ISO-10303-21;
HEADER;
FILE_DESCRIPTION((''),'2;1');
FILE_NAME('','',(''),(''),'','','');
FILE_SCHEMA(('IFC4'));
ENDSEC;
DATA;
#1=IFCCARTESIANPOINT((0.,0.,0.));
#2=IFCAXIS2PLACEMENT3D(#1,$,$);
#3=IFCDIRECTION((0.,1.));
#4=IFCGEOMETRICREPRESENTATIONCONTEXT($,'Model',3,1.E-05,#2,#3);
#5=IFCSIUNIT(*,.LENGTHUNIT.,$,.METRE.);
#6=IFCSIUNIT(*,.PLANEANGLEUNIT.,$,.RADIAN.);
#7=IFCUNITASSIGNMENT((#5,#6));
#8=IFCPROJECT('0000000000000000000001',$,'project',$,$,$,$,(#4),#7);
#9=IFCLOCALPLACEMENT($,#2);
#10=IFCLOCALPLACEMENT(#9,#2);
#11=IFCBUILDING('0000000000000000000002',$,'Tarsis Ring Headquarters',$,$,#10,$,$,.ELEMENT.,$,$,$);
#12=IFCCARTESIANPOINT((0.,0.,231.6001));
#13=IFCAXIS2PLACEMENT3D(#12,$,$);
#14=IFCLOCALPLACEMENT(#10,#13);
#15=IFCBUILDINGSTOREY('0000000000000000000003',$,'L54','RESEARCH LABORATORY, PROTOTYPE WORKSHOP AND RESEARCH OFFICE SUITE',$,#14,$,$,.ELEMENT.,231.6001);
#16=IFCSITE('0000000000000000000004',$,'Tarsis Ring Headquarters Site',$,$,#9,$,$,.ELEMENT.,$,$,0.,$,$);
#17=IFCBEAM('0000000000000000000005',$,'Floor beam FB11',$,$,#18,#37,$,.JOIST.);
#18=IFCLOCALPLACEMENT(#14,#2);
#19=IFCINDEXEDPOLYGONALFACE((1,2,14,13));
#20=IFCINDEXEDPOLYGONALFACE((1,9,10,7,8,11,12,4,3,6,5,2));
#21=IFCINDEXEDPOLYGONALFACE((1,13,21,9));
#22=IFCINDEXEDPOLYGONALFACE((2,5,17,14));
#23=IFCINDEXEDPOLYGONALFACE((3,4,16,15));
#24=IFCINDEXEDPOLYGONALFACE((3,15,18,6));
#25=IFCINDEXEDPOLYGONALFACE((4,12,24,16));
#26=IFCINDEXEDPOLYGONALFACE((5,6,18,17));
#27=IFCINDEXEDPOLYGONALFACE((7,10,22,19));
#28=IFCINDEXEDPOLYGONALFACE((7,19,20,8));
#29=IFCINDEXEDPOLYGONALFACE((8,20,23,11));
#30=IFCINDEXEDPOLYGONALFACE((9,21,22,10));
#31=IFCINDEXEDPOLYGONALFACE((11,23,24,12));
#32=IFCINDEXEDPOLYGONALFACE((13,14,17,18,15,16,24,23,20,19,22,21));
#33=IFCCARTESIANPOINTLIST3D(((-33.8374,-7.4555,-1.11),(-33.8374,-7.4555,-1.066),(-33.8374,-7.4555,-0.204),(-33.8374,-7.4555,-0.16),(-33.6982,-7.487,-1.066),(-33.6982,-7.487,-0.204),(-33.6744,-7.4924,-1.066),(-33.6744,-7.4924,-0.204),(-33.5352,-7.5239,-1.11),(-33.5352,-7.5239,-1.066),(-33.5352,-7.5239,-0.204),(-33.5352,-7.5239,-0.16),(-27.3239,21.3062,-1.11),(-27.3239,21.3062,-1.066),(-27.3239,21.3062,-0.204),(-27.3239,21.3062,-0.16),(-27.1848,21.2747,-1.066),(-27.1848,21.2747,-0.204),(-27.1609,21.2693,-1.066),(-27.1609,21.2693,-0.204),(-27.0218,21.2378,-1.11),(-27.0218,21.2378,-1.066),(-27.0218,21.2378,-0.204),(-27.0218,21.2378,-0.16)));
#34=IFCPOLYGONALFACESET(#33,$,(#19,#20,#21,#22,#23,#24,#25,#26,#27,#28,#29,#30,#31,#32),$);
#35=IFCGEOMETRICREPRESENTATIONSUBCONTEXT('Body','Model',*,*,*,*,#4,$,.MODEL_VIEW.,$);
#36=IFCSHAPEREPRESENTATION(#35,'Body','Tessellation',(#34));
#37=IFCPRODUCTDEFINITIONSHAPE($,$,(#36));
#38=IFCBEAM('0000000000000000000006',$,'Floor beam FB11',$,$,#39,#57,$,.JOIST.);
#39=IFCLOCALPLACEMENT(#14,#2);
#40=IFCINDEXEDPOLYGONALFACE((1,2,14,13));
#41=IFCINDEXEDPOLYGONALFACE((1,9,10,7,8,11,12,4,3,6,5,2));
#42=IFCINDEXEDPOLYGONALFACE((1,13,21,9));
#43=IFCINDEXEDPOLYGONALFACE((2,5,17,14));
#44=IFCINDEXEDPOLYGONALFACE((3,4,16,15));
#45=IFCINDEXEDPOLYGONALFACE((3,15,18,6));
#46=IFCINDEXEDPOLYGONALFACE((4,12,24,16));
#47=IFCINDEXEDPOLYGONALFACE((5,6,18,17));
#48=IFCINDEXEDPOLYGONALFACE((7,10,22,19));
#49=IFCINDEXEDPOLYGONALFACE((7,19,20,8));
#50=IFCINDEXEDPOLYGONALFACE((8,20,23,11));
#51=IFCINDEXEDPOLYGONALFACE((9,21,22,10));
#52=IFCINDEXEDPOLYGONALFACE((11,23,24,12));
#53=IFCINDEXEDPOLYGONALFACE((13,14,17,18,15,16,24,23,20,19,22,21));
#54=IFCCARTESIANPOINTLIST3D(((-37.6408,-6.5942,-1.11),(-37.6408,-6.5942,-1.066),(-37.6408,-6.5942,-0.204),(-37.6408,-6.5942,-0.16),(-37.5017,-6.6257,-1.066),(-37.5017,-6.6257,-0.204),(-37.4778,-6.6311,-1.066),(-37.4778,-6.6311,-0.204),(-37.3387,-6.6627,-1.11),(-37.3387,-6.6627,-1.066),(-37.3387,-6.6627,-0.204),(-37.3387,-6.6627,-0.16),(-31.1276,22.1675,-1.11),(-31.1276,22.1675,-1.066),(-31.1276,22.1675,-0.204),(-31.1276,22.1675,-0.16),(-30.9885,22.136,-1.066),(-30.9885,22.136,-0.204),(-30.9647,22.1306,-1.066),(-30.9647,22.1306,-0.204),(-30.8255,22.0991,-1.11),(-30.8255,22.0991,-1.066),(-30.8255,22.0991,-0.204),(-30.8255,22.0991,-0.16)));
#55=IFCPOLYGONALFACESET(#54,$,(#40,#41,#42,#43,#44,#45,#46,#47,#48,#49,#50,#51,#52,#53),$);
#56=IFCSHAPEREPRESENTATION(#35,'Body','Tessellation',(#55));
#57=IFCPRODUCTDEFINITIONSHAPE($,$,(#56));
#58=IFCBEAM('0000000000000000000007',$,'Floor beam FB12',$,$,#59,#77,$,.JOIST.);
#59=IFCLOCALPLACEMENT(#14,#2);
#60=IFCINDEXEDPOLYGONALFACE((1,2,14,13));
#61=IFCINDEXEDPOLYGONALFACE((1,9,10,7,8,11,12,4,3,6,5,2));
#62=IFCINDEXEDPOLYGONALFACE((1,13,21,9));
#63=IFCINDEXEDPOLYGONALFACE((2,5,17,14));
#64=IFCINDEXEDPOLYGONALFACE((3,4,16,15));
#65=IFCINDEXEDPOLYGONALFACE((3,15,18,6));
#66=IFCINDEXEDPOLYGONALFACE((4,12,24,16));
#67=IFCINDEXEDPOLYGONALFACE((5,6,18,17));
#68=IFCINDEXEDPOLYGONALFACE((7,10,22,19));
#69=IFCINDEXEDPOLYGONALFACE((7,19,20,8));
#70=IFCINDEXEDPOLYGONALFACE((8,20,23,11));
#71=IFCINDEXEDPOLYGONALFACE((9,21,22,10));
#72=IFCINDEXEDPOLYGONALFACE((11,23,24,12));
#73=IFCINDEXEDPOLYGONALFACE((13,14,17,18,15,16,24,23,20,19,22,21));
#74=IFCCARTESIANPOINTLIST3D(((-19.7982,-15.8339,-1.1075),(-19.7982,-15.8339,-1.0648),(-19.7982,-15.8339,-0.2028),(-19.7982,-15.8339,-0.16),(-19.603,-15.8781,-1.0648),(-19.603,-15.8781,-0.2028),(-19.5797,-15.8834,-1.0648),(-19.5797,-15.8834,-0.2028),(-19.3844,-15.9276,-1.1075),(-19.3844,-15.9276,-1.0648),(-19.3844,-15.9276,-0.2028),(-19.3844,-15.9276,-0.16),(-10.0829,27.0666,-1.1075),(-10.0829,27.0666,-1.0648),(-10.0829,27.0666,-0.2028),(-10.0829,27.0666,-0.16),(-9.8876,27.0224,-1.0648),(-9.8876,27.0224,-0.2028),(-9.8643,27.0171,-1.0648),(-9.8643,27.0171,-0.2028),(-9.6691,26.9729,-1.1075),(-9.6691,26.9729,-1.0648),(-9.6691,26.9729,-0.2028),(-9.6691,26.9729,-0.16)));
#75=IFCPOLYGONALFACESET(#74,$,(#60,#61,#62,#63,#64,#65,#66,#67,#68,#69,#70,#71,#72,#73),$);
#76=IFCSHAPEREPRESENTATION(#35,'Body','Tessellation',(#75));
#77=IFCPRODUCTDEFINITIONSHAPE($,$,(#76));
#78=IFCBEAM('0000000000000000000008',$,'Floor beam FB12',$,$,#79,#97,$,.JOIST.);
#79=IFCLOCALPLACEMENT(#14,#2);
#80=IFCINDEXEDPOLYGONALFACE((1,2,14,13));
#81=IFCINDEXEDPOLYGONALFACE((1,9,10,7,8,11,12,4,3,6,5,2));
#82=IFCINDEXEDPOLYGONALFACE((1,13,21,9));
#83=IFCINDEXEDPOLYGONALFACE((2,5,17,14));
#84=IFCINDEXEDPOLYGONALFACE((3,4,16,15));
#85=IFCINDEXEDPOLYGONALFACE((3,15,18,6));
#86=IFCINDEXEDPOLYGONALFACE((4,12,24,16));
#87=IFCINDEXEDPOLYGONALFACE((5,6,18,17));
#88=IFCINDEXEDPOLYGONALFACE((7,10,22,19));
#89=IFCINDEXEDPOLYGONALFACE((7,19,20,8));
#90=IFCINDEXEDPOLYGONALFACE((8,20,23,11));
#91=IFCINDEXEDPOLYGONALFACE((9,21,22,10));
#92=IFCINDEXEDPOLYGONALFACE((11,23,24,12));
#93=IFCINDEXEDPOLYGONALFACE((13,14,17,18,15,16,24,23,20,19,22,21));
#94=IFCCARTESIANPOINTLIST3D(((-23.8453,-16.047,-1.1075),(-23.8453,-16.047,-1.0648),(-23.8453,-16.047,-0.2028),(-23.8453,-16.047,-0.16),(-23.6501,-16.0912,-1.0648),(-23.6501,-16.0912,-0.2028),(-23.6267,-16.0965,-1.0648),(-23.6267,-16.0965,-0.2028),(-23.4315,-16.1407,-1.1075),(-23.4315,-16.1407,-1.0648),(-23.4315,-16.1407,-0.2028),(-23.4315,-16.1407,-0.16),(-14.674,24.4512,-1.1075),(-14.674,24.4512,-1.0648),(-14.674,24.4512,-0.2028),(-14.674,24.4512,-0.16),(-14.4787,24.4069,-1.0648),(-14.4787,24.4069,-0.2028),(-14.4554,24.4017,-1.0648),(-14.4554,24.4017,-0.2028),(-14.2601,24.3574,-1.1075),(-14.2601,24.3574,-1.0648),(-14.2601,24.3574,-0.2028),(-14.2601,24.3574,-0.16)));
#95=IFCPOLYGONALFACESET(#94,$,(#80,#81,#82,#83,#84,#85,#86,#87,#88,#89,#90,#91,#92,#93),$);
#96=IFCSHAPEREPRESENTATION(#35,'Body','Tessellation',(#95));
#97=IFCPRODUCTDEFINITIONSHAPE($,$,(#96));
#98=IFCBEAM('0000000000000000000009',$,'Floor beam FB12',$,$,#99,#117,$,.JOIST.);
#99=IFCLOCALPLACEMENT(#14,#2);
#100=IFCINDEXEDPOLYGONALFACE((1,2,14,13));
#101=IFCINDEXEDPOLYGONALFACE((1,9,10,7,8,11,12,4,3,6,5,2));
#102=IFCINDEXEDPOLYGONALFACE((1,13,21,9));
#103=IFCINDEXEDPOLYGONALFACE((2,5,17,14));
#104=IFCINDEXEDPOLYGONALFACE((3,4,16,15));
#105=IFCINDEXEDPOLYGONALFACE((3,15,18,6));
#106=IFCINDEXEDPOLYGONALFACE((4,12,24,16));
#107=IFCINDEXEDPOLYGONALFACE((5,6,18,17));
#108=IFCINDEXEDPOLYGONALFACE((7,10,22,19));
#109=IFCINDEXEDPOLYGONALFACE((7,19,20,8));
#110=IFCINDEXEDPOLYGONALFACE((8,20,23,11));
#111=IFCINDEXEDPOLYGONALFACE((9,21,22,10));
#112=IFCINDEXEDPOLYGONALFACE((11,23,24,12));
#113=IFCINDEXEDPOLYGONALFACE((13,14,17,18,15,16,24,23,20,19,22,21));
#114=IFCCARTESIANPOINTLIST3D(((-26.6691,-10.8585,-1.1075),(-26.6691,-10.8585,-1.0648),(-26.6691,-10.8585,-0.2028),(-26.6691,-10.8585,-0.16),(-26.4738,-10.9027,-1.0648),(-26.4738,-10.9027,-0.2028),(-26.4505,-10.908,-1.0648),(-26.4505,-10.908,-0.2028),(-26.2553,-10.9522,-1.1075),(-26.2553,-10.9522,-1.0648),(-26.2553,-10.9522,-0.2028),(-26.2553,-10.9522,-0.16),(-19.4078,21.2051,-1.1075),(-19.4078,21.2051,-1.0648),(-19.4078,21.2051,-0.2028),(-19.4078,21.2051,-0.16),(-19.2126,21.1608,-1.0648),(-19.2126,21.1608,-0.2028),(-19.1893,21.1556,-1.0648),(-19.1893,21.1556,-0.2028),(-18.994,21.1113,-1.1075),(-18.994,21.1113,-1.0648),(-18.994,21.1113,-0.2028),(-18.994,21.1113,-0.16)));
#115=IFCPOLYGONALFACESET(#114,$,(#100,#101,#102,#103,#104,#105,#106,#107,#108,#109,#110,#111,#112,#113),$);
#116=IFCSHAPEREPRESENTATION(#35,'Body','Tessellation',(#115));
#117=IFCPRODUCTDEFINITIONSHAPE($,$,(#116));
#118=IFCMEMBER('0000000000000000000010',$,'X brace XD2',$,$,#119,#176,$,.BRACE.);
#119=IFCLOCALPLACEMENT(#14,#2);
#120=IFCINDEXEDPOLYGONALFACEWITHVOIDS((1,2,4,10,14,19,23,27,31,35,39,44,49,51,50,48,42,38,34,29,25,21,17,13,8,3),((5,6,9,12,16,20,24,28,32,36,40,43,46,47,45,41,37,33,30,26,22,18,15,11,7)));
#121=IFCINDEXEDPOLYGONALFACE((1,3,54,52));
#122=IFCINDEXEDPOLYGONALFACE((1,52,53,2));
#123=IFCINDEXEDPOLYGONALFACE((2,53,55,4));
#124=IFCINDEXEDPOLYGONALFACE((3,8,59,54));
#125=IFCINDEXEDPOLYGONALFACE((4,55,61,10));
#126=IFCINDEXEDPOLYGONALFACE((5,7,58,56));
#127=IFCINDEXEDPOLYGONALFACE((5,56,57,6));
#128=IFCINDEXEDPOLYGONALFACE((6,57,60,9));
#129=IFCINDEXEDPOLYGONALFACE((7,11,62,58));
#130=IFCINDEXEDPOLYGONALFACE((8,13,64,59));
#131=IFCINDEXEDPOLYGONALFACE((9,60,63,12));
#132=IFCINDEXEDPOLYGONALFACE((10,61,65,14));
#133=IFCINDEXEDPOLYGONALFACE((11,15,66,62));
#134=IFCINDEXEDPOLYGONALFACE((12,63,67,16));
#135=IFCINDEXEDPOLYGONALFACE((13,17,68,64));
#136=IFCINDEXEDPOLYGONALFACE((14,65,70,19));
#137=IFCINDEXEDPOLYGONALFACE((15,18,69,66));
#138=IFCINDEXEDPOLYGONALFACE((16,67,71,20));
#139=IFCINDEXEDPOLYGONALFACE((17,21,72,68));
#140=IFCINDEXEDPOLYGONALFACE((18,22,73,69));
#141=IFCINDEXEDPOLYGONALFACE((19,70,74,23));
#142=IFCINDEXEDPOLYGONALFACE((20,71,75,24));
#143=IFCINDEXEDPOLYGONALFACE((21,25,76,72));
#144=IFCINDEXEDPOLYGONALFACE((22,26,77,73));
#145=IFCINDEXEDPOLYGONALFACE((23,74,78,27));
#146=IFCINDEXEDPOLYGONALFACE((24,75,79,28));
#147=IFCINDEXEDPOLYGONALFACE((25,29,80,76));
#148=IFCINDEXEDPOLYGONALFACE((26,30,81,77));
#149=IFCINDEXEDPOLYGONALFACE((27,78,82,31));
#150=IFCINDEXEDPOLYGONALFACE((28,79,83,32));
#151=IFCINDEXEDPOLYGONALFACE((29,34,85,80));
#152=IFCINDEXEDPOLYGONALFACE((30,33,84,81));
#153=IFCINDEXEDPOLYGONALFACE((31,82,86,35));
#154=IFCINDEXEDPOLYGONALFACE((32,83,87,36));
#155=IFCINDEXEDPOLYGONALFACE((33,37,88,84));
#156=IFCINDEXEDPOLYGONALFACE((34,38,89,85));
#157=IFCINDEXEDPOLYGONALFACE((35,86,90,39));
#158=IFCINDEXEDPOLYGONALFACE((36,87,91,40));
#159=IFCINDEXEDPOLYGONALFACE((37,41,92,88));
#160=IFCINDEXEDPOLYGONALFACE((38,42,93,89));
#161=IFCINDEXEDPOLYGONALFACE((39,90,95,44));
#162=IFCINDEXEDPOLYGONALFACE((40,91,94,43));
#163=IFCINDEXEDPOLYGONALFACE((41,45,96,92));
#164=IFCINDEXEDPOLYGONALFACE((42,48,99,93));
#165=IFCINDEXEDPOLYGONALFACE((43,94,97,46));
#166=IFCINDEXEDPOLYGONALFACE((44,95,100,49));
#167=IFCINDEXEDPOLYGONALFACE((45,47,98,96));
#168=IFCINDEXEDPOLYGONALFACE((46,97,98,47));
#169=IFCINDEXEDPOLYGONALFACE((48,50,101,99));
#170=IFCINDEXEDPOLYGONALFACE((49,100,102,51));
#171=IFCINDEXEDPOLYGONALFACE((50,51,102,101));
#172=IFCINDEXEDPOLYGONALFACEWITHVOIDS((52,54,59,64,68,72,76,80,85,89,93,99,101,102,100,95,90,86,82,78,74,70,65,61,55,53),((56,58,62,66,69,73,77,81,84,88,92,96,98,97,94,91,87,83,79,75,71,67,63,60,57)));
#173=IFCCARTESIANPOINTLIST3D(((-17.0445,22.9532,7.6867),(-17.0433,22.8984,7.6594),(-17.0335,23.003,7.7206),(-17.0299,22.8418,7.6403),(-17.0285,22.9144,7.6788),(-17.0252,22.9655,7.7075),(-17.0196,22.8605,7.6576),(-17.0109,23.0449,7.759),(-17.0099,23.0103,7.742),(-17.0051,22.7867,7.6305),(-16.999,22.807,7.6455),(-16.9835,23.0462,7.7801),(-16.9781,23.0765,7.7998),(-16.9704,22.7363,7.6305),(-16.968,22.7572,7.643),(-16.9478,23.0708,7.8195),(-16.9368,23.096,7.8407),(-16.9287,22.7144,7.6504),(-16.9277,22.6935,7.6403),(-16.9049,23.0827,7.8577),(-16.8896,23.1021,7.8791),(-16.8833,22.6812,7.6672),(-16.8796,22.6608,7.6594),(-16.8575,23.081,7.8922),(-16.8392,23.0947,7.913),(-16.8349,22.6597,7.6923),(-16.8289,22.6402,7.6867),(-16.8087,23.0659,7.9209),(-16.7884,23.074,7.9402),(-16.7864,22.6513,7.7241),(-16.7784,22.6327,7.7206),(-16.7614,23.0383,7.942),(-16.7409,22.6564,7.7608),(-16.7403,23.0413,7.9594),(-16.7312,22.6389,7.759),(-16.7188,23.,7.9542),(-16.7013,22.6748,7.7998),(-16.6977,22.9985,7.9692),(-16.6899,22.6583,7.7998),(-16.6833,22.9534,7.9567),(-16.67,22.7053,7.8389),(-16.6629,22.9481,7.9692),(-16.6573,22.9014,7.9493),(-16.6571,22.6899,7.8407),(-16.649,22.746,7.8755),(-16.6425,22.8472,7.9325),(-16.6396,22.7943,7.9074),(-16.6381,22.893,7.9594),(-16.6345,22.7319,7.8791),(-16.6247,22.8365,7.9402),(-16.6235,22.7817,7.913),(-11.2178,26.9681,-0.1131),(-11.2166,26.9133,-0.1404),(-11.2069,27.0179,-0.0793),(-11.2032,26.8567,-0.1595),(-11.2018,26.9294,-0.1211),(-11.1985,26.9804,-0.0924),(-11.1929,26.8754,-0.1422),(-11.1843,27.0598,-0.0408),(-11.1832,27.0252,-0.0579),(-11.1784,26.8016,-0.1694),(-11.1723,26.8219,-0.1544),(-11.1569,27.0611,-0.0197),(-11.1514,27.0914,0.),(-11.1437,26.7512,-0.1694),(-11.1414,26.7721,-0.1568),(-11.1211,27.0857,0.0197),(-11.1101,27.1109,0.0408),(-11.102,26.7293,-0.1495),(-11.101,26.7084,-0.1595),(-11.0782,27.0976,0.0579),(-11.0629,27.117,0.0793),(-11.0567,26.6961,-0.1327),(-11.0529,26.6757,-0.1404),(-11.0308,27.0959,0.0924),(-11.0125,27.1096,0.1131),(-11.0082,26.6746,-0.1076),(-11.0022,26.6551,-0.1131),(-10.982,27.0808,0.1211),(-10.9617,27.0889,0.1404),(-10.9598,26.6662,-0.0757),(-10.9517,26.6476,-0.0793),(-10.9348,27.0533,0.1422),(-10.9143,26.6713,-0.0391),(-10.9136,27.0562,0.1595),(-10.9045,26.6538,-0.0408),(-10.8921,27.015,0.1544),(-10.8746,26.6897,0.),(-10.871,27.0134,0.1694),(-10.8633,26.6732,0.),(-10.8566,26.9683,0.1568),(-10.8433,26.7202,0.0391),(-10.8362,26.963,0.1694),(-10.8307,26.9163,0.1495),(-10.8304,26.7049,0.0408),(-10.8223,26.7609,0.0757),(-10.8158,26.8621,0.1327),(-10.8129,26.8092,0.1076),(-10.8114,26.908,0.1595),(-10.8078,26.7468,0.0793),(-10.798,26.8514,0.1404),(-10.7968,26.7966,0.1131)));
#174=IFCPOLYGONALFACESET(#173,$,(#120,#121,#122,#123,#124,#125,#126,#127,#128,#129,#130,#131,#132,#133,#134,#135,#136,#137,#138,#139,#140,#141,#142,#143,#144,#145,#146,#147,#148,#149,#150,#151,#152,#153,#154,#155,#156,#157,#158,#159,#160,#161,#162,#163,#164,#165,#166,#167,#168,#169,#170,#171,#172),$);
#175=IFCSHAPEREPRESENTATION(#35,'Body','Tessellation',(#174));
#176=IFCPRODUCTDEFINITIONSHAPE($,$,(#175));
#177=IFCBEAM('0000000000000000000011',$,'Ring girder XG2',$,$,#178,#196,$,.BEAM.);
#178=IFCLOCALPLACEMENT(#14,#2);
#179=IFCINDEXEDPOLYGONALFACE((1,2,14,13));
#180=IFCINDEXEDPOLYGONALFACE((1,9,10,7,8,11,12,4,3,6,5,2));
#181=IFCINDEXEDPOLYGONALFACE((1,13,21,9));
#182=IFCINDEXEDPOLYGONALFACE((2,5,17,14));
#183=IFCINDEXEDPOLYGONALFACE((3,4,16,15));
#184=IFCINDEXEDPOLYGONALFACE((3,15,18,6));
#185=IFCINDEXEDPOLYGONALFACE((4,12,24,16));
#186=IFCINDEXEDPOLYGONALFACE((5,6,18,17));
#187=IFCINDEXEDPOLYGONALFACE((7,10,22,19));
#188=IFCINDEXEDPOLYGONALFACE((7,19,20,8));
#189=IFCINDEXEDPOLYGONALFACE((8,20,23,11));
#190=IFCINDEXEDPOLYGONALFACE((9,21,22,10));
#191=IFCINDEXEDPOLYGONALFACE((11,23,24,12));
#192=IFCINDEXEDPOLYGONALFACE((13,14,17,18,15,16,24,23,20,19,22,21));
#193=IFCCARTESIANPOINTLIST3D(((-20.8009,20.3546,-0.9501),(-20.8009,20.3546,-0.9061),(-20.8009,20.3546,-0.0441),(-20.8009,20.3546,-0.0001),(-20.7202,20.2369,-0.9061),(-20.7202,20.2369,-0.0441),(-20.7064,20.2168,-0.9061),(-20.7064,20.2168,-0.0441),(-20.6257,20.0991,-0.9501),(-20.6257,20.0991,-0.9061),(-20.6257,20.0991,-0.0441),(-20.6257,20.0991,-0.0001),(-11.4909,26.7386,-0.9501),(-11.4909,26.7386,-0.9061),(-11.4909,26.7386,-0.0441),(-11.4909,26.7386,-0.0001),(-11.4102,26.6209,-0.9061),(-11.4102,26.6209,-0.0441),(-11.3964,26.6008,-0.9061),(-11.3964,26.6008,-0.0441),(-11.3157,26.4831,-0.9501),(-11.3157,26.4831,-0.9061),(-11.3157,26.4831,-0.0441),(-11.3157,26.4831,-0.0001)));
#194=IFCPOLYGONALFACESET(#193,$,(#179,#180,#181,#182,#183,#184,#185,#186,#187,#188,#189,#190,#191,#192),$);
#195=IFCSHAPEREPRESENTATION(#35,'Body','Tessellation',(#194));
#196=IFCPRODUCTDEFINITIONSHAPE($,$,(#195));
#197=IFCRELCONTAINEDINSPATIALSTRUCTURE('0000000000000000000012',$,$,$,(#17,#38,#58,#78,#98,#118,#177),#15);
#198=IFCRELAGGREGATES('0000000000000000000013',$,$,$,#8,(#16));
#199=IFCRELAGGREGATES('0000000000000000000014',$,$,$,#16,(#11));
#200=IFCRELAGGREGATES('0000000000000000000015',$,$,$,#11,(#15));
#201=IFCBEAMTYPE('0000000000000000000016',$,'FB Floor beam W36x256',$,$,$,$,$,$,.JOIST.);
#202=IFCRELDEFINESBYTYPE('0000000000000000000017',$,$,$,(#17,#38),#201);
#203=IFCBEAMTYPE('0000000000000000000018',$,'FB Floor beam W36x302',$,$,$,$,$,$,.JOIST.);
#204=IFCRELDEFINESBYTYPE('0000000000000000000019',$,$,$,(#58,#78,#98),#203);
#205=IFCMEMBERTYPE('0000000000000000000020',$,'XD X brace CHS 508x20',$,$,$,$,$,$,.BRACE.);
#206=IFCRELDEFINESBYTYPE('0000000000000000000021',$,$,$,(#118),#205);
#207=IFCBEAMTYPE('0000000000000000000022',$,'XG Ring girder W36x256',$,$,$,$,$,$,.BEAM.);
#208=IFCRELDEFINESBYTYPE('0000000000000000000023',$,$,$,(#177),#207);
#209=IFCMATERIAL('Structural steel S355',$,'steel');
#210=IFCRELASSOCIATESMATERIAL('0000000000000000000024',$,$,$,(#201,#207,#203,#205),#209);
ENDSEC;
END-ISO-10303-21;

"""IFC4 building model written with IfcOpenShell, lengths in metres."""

from ifc_helpers import new_model, si_unit, direction, frame, origin, origin_2d, place, context, subcontext, project, spatial, hollow_circle, i_section, extrude, material, material_profile, profile_set, type_object, element, save


model = new_model("IFC4")

# Units and contexts
model_context = context("Model", 3, precision=1e-05, world=origin(), true_north=direction((0.0, 1.0)))
body_context = subcontext(model_context, "Body", "Model", "MODEL_VIEW")
ifc_project = project(units=[si_unit("LENGTHUNIT", "METRE"), si_unit("PLANEANGLEUNIT", "RADIAN")], contexts=[model_context])

# Site, building, storey
site_placement = place(None, origin())
site = spatial("IfcSite", under=ifc_project, at=site_placement, Name="Tarsis Ring Headquarters Site", CompositionType="ELEMENT", RefElevation=0.0)
building_placement = place(site_placement, origin())
building = spatial("IfcBuilding", under=site, at=building_placement, Name="Tarsis Ring Headquarters", CompositionType="ELEMENT")
storey_placement = place(building_placement, frame((0.0, 0.0, 231.6001)))
storey = spatial("IfcBuildingStorey", under=building, at=storey_placement, Name="L54", Description="RESEARCH LABORATORY, PROTOTYPE WORKSHOP AND RESEARCH OFFICE SUITE", CompositionType="ELEMENT", Elevation=231.6001)

# Shared definitions
ifc_material_1 = material(Name="Structural steel S355", Category="steel")

# Beams
ifc_material_profile_1 = material_profile(ifc_material_1, i_section(OverallWidth=0.3098, OverallDepth=0.95, WebThickness=0.0244, FlangeThickness=0.0439, at=origin_2d()), Name="W36x256")
ifc_profile_set_1 = profile_set([ifc_material_profile_1], Name="Structural steel S355")
beam_type_1 = type_object("IfcBeamType", Name="FB Floor beam W36x256", PredefinedType="JOIST", material=ifc_profile_set_1)
for number, where, z_axis, x_axis, name in (
    (1, (-27.1729, 21.272, -0.635), (-0.220869, -0.975304, 0.0), (0.975304, -0.220869, 0.0), "Floor beam FB11"),
    (2, (-30.9766, 22.1333, -0.635), (-0.220861, -0.975305, 0.0), (0.975305, -0.220861, 0.0), "Floor beam FB11"),
):
    element("IfcBeam", number, at=place(storey_placement, frame(where, z_axis=z_axis, x_axis=x_axis)), inside=storey, type_object=beam_type_1, Name=name, PredefinedType="JOIST", context=body_context, shape_type="SweptSolid", body=[
        extrude(i_section(OverallWidth=0.3098, OverallDepth=0.95, WebThickness=0.0244, FlangeThickness=0.0439, at=origin_2d()), origin(), (0.0, 0.0, 1.0), 29.49),
    ])
ifc_material_profile_2 = material_profile(ifc_material_1, i_section(OverallWidth=0.4243, OverallDepth=0.9475, WebThickness=0.0239, FlangeThickness=0.0427, at=origin_2d()), Name="W36x302")
ifc_profile_set_2 = profile_set([ifc_material_profile_2], Name="Structural steel S355")
beam_type_2 = type_object("IfcBeamType", Name="FB Floor beam W36x302", PredefinedType="JOIST", material=ifc_profile_set_2)
beam_1_placement = place(storey_placement, frame((-9.876, 27.0198, -0.6338), z_axis=(-0.22087, -0.975303, 0.0), x_axis=(0.975303, -0.22087, 0.0)))
element("IfcBeam", 3, at=beam_1_placement, inside=storey, type_object=beam_type_2, Name="Floor beam FB12", PredefinedType="JOIST", context=body_context, shape_type="SweptSolid", body=[
    extrude(i_section(OverallWidth=0.4243, OverallDepth=0.9475, WebThickness=0.0239, FlangeThickness=0.0427, at=origin_2d()), origin(), (0.0, 0.0, 1.0), 43.9868),
])
beam_2_placement = place(storey_placement, frame((-14.467, 24.4043, -0.6338), z_axis=(-0.220871, -0.975303, 0.0), x_axis=(0.975303, -0.220871, 0.0)))
element("IfcBeam", 4, at=beam_2_placement, inside=storey, type_object=beam_type_2, Name="Floor beam FB12", PredefinedType="JOIST", context=body_context, shape_type="SweptSolid", body=[
    extrude(i_section(OverallWidth=0.4243, OverallDepth=0.9475, WebThickness=0.0239, FlangeThickness=0.0427, at=origin_2d()), origin(), (0.0, 0.0, 1.0), 41.5237),
])
beam_3_placement = place(storey_placement, frame((-19.2009, 21.1582, -0.6338), z_axis=(-0.220871, -0.975303, 0.0), x_axis=(0.975303, -0.220871, 0.0)))
element("IfcBeam", 5, at=beam_3_placement, inside=storey, type_object=beam_type_2, Name="Floor beam FB12", PredefinedType="JOIST", context=body_context, shape_type="SweptSolid", body=[
    extrude(i_section(OverallWidth=0.4243, OverallDepth=0.9475, WebThickness=0.0239, FlangeThickness=0.0427, at=origin_2d()), origin(), (0.0, 0.0, 1.0), 32.8755),
])

# Member
ifc_material_profile_3 = material_profile(ifc_material_1, hollow_circle(Radius=0.2539, WallThickness=0.02, at=origin_2d()), Name="CHS 508x20")
ifc_profile_set_3 = profile_set([ifc_material_profile_3], Name="Structural steel S355")
member_type = type_object("IfcMemberType", Name="XD X brace CHS 508x20", PredefinedType="BRACE", material=ifc_profile_set_3)
member_placement = place(storey_placement, frame((-11.0073, 26.8823, 0.0), z_axis=(-0.553276, -0.381238, 0.740637), x_axis=(0.567398, -0.823443, 0.0)))
element("IfcMember", 6, at=member_placement, inside=storey, type_object=member_type, Name="X brace XD2", PredefinedType="BRACE", context=body_context, shape_type="SweptSolid", body=[
    extrude(hollow_circle(Radius=0.2539, WallThickness=0.02, at=origin_2d()), origin(), (0.0, 0.0, 1.0), 10.5312),
])

# Beam
beam_type_3 = type_object("IfcBeamType", Name="XG Ring girder W36x256", PredefinedType="BEAM", material=ifc_profile_set_1)
beam_4_placement = place(storey_placement, frame((-11.4033, 26.6108, -0.4751), z_axis=(-0.824729, -0.565528, 0.0), x_axis=(0.565528, -0.824729, 0.0)))
element("IfcBeam", 7, at=beam_4_placement, inside=storey, type_object=beam_type_3, Name="Ring girder XG2", PredefinedType="BEAM", context=body_context, shape_type="SweptSolid", body=[
    extrude(i_section(OverallWidth=0.3098, OverallDepth=0.95, WebThickness=0.0244, FlangeThickness=0.0439, at=origin_2d()), origin(), (0.0, 0.0, 1.0), 11.2886),
])

save(model, "model.ifc")
